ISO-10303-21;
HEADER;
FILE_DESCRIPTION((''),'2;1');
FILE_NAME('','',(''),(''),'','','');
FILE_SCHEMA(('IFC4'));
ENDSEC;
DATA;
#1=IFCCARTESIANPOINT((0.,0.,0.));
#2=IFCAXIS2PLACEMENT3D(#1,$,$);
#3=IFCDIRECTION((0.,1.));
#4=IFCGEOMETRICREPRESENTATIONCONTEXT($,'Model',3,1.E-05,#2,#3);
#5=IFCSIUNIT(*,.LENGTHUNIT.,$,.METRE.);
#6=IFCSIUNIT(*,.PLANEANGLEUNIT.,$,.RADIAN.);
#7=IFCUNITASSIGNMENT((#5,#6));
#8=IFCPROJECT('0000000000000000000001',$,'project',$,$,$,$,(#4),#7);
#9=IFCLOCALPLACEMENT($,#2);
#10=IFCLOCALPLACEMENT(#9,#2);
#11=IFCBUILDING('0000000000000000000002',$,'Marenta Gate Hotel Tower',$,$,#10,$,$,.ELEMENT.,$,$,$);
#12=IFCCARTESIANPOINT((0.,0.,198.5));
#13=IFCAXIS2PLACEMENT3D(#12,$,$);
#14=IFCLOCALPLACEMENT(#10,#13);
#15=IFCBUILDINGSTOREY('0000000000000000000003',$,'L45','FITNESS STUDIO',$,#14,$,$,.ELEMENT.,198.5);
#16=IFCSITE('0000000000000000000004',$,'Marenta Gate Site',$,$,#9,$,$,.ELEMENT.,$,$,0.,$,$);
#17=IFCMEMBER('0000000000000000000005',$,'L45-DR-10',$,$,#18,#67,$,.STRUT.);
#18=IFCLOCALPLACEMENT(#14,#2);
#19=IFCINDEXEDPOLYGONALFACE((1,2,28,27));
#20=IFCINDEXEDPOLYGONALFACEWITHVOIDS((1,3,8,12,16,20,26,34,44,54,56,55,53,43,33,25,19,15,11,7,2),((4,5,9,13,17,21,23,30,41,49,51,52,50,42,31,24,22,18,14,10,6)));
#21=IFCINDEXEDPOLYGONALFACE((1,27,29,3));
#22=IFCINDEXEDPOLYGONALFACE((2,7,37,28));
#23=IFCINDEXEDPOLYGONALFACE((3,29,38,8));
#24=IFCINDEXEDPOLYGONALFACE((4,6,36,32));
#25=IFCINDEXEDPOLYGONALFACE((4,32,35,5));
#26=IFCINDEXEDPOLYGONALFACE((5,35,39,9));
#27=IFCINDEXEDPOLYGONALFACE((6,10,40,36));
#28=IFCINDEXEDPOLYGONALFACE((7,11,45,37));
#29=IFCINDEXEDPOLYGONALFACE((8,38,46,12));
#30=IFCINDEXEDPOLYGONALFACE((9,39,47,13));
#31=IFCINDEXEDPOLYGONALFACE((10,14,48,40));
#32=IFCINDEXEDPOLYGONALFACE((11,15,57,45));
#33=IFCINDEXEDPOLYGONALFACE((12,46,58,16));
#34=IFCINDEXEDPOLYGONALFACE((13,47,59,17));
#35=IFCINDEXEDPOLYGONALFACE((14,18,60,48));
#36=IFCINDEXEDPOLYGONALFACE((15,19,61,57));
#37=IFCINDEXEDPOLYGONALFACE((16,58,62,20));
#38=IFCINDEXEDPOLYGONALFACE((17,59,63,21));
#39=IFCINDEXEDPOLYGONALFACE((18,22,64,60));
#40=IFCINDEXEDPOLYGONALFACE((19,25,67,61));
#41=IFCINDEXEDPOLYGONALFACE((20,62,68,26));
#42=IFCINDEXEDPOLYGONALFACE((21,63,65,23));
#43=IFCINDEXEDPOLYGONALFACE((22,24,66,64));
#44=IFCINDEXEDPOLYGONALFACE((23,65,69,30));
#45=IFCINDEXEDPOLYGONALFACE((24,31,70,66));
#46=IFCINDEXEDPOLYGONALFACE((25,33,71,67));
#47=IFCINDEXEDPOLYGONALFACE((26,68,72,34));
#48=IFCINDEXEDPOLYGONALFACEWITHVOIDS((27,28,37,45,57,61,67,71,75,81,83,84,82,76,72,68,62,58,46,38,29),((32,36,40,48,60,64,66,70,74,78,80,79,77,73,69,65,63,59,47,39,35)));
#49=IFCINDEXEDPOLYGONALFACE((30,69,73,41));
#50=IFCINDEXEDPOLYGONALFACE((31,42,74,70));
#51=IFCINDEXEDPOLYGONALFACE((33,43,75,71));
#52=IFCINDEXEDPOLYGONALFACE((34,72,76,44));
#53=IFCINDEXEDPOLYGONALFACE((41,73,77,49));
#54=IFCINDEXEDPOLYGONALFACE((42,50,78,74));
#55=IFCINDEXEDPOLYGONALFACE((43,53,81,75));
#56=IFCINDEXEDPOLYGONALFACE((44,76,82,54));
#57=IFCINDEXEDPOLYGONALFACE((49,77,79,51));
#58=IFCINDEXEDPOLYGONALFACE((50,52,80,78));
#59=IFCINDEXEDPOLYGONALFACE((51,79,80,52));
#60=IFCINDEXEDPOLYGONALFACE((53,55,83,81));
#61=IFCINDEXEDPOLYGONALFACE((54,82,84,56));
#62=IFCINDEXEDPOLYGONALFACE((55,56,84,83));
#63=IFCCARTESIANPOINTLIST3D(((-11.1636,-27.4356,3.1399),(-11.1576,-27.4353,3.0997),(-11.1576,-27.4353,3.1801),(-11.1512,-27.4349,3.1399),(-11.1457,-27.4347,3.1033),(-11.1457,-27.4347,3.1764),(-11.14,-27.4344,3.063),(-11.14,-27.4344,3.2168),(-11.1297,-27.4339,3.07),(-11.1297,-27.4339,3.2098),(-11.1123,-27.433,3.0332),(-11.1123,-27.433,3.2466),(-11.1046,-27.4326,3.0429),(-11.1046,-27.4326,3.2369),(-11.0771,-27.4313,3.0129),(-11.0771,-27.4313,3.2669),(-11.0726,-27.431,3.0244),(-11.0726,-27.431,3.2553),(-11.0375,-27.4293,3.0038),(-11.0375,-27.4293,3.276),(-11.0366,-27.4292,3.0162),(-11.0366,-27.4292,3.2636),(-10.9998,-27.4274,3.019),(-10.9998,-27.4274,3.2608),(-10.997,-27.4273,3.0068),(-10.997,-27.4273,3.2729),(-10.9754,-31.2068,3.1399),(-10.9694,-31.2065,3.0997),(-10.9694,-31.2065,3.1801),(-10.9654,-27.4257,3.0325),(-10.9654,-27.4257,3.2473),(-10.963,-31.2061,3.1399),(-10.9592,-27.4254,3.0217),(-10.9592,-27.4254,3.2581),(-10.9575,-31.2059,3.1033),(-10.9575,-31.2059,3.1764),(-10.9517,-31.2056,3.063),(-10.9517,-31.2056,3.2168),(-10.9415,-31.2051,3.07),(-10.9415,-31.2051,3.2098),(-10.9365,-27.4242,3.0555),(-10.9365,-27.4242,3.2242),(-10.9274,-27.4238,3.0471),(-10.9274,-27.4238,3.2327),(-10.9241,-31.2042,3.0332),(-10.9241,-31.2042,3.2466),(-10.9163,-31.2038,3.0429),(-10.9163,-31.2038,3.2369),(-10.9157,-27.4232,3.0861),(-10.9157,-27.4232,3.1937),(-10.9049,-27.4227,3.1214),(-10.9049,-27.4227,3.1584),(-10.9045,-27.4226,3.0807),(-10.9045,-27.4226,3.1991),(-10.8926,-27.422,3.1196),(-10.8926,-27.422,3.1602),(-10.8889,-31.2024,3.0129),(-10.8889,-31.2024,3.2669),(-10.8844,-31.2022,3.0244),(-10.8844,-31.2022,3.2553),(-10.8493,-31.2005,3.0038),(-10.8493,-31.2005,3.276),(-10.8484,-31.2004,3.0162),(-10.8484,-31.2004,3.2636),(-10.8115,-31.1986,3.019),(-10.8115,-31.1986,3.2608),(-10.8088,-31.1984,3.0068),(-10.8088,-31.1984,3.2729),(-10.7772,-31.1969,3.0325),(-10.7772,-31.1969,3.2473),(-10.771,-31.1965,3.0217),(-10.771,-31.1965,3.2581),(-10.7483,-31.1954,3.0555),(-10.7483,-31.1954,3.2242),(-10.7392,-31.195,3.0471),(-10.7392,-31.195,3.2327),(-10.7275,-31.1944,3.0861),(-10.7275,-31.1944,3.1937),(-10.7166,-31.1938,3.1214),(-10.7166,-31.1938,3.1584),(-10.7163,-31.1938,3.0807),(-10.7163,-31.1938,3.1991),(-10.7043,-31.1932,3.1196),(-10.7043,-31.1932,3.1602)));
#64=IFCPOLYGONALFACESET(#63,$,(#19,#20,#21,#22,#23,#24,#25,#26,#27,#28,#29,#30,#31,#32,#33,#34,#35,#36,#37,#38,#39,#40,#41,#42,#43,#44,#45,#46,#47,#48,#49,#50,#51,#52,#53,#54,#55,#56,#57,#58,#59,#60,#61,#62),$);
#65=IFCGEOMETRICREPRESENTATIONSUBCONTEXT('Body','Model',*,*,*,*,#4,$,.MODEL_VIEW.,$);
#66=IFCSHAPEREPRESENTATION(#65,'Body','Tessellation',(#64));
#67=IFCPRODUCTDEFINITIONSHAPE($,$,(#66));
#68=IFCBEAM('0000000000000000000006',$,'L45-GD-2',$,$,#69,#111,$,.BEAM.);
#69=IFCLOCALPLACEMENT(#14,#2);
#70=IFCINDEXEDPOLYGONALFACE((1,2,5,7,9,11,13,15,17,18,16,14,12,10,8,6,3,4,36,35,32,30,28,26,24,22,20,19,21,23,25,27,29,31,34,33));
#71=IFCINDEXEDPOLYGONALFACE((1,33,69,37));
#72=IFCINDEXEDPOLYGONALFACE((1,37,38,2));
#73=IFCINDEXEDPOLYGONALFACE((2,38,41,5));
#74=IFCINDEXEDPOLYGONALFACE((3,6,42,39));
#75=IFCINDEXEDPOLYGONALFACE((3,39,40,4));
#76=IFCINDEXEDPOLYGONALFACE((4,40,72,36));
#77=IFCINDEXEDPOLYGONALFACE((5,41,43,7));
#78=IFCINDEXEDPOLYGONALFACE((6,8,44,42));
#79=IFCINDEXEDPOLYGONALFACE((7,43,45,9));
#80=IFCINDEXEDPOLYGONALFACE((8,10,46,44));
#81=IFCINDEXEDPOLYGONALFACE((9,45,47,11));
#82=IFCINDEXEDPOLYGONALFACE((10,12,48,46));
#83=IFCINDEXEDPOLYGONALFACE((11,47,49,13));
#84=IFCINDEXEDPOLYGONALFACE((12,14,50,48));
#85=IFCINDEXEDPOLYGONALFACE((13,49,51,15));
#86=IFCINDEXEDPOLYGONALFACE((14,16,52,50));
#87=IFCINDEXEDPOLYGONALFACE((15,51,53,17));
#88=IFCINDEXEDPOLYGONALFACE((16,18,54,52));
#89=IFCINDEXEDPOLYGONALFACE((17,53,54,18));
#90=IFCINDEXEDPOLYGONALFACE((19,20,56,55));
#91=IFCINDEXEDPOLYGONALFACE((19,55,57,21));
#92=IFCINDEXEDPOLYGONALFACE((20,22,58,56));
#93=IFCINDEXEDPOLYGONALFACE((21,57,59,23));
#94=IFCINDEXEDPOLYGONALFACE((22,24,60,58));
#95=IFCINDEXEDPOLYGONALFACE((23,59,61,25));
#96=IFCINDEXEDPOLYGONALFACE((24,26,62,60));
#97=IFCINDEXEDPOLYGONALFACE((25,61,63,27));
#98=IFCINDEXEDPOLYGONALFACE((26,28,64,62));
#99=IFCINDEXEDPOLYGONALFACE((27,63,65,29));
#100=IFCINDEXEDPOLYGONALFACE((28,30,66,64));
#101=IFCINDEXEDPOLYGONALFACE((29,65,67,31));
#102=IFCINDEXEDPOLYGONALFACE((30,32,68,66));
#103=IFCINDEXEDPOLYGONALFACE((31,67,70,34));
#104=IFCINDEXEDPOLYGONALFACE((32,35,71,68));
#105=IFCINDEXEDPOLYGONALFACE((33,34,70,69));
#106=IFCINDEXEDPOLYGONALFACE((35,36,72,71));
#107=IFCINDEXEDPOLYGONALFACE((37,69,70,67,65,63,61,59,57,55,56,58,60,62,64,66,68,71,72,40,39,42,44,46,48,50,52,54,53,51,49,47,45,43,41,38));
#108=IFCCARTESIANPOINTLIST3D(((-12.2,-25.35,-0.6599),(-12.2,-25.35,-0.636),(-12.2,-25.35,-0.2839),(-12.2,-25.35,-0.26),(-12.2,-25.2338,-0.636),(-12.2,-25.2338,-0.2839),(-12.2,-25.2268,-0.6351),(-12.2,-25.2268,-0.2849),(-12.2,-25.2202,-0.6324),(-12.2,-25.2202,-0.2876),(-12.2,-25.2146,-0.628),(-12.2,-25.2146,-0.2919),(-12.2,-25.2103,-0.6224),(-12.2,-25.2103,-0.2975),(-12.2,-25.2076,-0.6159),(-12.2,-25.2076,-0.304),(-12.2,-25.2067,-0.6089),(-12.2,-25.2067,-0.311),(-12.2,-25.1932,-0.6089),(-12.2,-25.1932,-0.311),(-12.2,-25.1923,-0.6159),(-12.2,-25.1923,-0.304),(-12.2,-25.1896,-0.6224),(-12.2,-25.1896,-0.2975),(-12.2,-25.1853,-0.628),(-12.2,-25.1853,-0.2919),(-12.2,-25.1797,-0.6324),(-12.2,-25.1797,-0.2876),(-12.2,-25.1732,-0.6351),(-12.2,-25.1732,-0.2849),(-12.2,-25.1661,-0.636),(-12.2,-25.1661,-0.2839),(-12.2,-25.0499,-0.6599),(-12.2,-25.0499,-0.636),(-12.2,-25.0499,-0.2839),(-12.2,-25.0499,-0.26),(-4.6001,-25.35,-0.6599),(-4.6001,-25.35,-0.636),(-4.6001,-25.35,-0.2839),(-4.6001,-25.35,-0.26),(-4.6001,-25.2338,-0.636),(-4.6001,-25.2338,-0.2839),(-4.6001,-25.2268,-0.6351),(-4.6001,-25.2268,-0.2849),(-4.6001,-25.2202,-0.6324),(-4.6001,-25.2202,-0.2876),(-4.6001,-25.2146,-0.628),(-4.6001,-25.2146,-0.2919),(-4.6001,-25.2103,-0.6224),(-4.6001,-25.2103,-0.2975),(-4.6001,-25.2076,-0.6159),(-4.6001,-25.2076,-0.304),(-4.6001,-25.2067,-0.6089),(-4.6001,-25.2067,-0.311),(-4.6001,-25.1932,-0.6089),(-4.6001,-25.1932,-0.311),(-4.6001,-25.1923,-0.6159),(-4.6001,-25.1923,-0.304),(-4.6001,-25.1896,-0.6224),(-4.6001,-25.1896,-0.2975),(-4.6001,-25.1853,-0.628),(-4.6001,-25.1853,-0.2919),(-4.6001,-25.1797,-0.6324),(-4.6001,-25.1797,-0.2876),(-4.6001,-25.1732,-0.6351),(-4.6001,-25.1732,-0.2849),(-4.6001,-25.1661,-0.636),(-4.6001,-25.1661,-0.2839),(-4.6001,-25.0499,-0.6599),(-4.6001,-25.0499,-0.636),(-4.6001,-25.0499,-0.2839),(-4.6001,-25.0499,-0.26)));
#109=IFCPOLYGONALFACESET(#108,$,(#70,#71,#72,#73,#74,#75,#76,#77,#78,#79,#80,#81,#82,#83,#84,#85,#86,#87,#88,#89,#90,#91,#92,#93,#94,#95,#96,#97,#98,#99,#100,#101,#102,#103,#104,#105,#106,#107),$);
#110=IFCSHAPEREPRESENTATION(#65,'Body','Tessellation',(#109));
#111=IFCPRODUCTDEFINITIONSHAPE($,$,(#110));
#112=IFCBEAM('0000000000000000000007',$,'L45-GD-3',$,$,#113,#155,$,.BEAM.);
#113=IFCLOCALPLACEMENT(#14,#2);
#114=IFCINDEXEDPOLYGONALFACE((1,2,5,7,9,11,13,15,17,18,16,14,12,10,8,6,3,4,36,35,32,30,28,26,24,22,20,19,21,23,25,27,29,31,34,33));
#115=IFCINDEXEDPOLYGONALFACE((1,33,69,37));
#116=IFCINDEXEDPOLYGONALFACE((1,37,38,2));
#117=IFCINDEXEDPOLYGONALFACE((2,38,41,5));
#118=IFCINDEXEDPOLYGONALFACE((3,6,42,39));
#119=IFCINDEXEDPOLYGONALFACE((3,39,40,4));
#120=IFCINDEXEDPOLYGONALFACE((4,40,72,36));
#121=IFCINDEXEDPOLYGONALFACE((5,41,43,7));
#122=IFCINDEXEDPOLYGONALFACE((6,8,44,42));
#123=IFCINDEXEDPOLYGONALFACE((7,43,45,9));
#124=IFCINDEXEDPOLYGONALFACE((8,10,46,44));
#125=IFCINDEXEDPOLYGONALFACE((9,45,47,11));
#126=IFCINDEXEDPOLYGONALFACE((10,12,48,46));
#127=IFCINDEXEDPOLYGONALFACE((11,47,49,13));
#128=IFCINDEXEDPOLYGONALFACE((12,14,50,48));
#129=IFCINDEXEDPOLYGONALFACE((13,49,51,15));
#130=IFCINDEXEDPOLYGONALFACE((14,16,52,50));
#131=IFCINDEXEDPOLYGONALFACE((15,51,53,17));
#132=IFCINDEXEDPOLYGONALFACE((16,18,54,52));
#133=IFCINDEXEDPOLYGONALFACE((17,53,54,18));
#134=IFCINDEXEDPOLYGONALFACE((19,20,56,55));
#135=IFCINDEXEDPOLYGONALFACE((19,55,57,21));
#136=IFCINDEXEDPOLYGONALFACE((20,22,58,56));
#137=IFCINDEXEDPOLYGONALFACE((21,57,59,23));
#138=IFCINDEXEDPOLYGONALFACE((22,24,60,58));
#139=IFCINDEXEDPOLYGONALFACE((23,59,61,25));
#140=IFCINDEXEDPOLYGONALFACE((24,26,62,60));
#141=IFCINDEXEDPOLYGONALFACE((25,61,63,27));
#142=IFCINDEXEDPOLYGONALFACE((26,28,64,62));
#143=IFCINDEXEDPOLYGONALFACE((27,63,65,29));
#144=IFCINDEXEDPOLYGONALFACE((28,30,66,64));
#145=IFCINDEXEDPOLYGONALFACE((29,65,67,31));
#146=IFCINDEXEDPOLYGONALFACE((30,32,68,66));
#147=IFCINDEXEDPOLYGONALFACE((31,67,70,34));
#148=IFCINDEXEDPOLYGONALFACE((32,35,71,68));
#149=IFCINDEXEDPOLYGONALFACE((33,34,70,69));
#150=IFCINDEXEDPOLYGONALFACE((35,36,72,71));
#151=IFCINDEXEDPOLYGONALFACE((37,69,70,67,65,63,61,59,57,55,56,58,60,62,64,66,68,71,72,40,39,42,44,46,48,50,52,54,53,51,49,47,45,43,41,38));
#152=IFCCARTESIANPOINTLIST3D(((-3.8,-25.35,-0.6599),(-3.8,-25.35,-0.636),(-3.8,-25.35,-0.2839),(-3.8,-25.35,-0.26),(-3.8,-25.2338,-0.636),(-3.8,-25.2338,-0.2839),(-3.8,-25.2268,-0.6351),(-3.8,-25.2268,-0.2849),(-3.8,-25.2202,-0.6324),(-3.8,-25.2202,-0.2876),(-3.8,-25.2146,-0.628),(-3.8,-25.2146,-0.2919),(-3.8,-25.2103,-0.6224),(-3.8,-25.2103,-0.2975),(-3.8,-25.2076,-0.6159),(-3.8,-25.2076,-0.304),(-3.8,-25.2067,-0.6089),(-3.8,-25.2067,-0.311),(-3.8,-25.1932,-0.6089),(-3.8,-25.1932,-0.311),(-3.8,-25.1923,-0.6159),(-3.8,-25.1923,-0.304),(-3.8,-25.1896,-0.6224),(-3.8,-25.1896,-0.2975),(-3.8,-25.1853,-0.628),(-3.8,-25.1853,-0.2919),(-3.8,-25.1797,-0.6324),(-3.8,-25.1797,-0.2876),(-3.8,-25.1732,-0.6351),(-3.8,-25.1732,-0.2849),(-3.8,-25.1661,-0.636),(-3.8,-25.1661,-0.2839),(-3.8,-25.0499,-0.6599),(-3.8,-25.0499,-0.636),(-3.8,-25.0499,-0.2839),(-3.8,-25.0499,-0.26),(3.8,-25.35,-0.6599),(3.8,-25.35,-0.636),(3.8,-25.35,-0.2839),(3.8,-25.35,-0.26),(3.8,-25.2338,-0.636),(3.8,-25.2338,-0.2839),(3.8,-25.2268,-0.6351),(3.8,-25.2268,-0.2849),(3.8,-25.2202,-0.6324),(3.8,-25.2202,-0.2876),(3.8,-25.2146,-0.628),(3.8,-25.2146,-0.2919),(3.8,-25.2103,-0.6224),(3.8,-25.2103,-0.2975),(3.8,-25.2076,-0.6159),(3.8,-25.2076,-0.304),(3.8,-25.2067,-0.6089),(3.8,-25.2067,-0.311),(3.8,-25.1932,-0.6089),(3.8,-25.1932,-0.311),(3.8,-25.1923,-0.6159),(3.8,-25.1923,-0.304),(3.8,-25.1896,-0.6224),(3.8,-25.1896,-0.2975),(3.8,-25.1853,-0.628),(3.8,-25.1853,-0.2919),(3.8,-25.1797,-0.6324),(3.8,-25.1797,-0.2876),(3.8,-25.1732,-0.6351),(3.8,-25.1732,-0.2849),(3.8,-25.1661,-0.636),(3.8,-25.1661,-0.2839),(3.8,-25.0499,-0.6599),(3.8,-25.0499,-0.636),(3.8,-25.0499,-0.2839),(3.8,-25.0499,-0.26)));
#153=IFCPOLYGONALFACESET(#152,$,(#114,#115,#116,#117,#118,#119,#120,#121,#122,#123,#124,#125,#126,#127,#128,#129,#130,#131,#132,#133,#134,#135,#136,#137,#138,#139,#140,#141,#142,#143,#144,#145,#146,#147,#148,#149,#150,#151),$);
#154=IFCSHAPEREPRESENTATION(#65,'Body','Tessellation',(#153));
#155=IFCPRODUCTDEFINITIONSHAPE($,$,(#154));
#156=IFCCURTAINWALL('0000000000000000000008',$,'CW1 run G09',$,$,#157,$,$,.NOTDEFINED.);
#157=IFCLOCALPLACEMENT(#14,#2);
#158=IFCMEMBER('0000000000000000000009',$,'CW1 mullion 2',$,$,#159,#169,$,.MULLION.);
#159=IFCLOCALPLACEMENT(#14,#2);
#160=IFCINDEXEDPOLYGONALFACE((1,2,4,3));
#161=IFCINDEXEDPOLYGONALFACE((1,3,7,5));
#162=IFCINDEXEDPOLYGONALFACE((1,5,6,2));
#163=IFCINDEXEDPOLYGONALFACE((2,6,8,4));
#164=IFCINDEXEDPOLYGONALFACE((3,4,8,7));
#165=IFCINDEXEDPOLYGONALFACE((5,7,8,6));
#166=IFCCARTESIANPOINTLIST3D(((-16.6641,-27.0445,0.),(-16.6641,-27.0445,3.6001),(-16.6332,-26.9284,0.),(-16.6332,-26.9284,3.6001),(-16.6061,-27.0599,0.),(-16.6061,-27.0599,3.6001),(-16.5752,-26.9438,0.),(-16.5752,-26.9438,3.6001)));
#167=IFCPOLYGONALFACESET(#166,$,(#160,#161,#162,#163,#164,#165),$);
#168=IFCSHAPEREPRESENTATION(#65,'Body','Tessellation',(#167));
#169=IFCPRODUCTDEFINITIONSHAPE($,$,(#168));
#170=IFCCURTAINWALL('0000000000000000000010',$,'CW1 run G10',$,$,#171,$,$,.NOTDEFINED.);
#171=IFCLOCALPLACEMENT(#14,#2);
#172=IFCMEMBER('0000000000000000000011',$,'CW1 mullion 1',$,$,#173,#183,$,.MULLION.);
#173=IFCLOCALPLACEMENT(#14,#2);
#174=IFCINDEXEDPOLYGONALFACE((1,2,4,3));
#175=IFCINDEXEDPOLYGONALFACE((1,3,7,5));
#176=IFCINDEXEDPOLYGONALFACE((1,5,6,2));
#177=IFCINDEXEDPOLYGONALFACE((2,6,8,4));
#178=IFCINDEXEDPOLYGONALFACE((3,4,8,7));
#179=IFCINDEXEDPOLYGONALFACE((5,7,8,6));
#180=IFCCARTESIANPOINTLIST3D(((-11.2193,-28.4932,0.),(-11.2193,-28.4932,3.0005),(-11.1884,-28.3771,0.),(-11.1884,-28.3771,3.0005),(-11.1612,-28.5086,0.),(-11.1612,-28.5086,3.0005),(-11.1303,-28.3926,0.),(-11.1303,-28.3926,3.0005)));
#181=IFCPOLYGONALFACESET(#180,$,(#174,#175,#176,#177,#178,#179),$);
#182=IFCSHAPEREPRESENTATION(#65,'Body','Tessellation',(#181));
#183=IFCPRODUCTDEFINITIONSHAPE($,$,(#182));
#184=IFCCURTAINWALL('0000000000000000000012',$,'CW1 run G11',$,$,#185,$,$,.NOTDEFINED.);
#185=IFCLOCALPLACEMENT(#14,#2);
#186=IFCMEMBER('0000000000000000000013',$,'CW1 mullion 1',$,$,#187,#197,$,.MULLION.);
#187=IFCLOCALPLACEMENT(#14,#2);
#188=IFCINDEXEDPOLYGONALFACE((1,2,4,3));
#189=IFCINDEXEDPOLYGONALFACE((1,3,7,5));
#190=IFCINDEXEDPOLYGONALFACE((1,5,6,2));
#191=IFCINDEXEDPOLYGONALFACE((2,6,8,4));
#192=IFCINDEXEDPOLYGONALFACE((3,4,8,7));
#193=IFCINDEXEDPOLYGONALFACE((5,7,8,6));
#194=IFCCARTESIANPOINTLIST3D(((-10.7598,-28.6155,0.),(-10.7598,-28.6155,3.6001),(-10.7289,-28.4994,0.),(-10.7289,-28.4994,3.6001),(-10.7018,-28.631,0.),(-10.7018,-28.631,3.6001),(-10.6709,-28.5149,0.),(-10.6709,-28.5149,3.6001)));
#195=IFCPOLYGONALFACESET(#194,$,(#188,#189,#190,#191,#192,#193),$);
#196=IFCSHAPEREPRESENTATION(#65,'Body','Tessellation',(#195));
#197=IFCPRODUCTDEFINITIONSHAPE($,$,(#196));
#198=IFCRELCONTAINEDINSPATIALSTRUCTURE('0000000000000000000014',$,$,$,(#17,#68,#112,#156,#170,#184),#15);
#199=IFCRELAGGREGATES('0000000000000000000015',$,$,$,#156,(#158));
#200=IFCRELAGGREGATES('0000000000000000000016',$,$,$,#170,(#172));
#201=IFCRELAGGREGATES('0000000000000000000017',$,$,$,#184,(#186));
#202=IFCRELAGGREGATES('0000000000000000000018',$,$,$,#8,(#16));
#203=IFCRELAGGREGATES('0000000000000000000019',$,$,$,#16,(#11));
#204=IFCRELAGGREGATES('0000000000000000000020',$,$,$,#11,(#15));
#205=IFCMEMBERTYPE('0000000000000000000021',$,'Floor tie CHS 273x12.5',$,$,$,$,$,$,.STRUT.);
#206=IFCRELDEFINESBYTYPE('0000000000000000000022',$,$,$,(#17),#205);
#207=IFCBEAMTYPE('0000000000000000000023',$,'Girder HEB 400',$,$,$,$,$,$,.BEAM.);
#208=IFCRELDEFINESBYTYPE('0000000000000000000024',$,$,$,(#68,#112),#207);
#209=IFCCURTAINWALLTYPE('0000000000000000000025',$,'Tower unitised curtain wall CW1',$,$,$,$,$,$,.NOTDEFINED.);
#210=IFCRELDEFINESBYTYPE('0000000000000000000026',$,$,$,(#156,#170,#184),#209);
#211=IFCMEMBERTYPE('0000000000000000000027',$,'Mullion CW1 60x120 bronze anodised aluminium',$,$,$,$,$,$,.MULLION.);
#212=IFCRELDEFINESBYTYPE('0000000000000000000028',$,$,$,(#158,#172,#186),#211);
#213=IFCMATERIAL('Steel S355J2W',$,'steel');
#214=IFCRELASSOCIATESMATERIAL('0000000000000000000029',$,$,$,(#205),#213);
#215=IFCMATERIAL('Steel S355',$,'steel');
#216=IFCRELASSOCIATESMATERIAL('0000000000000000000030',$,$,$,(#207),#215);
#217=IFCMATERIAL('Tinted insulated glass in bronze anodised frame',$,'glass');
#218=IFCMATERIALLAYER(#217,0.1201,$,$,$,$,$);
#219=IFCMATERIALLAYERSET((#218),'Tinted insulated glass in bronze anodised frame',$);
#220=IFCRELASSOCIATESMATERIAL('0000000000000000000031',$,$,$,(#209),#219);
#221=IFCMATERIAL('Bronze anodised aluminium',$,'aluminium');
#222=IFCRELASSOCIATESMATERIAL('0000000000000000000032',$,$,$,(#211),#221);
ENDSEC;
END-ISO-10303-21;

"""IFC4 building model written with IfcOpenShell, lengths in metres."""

from ifc_helpers import new_model, si_unit, direction, frame, origin, origin_2d, place, context, subcontext, project, spatial, rectangle, hollow_circle, i_section, extrude, material, layer, layer_set, material_profile, profile_set, type_object, element, aggregate, save


model = new_model("IFC4")

# Units and contexts
model_context = context("Model", 3, precision=1e-05, world=origin(), true_north=direction((0.0, 1.0)))
body_context = subcontext(model_context, "Body", "Model", "MODEL_VIEW")
ifc_project = project(units=[si_unit("LENGTHUNIT", "METRE"), si_unit("PLANEANGLEUNIT", "RADIAN")], contexts=[model_context])

# Site, building, storey
site_placement = place(None, origin())
site = spatial("IfcSite", under=ifc_project, at=site_placement, Name="Marenta Gate Site", CompositionType="ELEMENT", RefElevation=0.0)
building_placement = place(site_placement, origin())
building = spatial("IfcBuilding", under=site, at=building_placement, Name="Marenta Gate Hotel Tower", CompositionType="ELEMENT")
storey_placement = place(building_placement, frame((0.0, 0.0, 198.5)))
storey = spatial("IfcBuildingStorey", under=building, at=storey_placement, Name="L45", Description="FITNESS STUDIO", CompositionType="ELEMENT", Elevation=198.5)

# Member
ifc_material_1 = material(Name="Steel S355J2W", Category="steel")
ifc_material_profile_1 = material_profile(ifc_material_1, hollow_circle(Radius=0.1365, WallThickness=0.0125, at=origin_2d()), Name="CHS 273x12.5")
ifc_profile_set_1 = profile_set([ifc_material_profile_1], Name="Steel S355J2W")
member_type_1 = type_object("IfcMemberType", Name="Floor tie CHS 273x12.5", PredefinedType="STRUT", material=ifc_profile_set_1)
member_1_placement = place(storey_placement, frame((-10.8391, -31.2, 3.1399), z_axis=(-0.049851, 0.998757, 0.0), x_axis=(-0.998757, -0.049851, 0.0)))
element("IfcMember", 1, at=member_1_placement, inside=storey, type_object=member_type_1, Name="L45-DR-10", PredefinedType="STRUT", context=body_context, shape_type="SweptSolid", body=[
    extrude(hollow_circle(Radius=0.1365, WallThickness=0.0125, at=origin_2d()), origin(), (0.0, 0.0, 1.0), 3.7759),
])

# Beams
ifc_material_2 = material(Name="Steel S355", Category="steel")
ifc_material_profile_2 = material_profile(ifc_material_2, i_section(OverallWidth=0.3, OverallDepth=0.3999, WebThickness=0.0134, FlangeThickness=0.0239, FilletRadius=0.0271, at=origin_2d()), Name="HEB 400")
ifc_profile_set_2 = profile_set([ifc_material_profile_2], Name="Steel S355")
beam_type_1 = type_object("IfcBeamType", Name="Girder HEB 400", PredefinedType="BEAM", material=ifc_profile_set_2)
beam_1_placement = place(storey_placement, frame((-12.2, -25.2, -0.46), z_axis=(1.0, 0.0, 0.0), x_axis=(0.0, 1.0, 0.0)))
element("IfcBeam", 2, at=beam_1_placement, inside=storey, type_object=beam_type_1, Name="L45-GD-2", PredefinedType="BEAM", context=body_context, shape_type="SweptSolid", body=[
    extrude(i_section(OverallWidth=0.3, OverallDepth=0.3999, WebThickness=0.0134, FlangeThickness=0.0239, FilletRadius=0.0271, at=origin_2d()), origin(), (0.0, 0.0, 1.0), 7.5999),
])
beam_2_placement = place(storey_placement, frame((-3.8, -25.2, -0.46), z_axis=(1.0, 0.0, 0.0), x_axis=(0.0, 1.0, 0.0)))
element("IfcBeam", 3, at=beam_2_placement, inside=storey, type_object=beam_type_1, Name="L45-GD-3", PredefinedType="BEAM", context=body_context, shape_type="SweptSolid", body=[
    extrude(i_section(OverallWidth=0.3, OverallDepth=0.3999, WebThickness=0.0134, FlangeThickness=0.0239, FilletRadius=0.0271, at=origin_2d()), origin(), (0.0, 0.0, 1.0), 7.6001),
])

# Curtain walls, members
ifc_material_3 = material(Name="Tinted insulated glass in bronze anodised frame", Category="glass")
ifc_layer_1 = layer(ifc_material_3, 0.1201)
ifc_layer_set_1 = layer_set([ifc_layer_1], Name="Tinted insulated glass in bronze anodised frame")
curtain_wall_type = type_object("IfcCurtainWallType", Name="Tower unitised curtain wall CW1", PredefinedType="NOTDEFINED", material=ifc_layer_set_1)
curtain_wall_1_placement = place(storey_placement, origin())
curtain_wall_1 = element("IfcCurtainWall", 4, at=curtain_wall_1_placement, inside=storey, type_object=curtain_wall_type, Name="CW1 run G09", PredefinedType="NOTDEFINED")
ifc_material_4 = material(Name="Bronze anodised aluminium", Category="aluminium")
ifc_material_profile_3 = material_profile(ifc_material_4, rectangle(XDim=0.1201, YDim=0.0601, at=origin_2d()), Name="Mullion CW1 60x120 bronze anodised aluminium")
ifc_profile_set_3 = profile_set([ifc_material_profile_3], Name="Bronze anodised aluminium")
member_type_2 = type_object("IfcMemberType", Name="Mullion CW1 60x120 bronze anodised aluminium", PredefinedType="MULLION", material=ifc_profile_set_3)
member_2_placement = place(storey_placement, frame((-16.6196, -26.9941, 0.0), z_axis=(0.0, 0.0, 1.0), x_axis=(0.257132, 0.966376, 0.0)))
member_2 = element("IfcMember", 5, at=member_2_placement, type_object=member_type_2, Name="CW1 mullion 2", PredefinedType="MULLION", context=body_context, shape_type="SweptSolid", body=[
    extrude(rectangle(XDim=0.1201, YDim=0.0601, at=origin_2d()), origin(), (0.0, 0.0, 1.0), 3.6001),
])
curtain_wall_2_placement = place(storey_placement, origin())
curtain_wall_2 = element("IfcCurtainWall", 6, at=curtain_wall_2_placement, inside=storey, type_object=curtain_wall_type, Name="CW1 run G10", PredefinedType="NOTDEFINED")
member_3_placement = place(storey_placement, frame((-11.1748, -28.4429, 0.0), z_axis=(0.0, 0.0, 1.0), x_axis=(0.2571, 0.966385, 0.0)))
member_3 = element("IfcMember", 7, at=member_3_placement, type_object=member_type_2, Name="CW1 mullion 1", PredefinedType="MULLION", context=body_context, shape_type="SweptSolid", body=[
    extrude(rectangle(XDim=0.1201, YDim=0.0601, at=origin_2d()), origin(), (0.0, 0.0, 1.0), 3.0005),
])
curtain_wall_3_placement = place(storey_placement, origin())
curtain_wall_3 = element("IfcCurtainWall", 8, at=curtain_wall_3_placement, inside=storey, type_object=curtain_wall_type, Name="CW1 run G11", PredefinedType="NOTDEFINED")
member_4_placement = place(storey_placement, frame((-10.7153, -28.5652, 0.0), z_axis=(0.0, 0.0, 1.0), x_axis=(0.257431, 0.966297, 0.0)))
member_4 = element("IfcMember", 9, at=member_4_placement, type_object=member_type_2, Name="CW1 mullion 1", PredefinedType="MULLION", context=body_context, shape_type="SweptSolid", body=[
    extrude(rectangle(XDim=0.1201, YDim=0.0601, at=origin_2d()), origin(), (0.0, 0.0, 1.0), 3.6001),
])

aggregate(curtain_wall_1, [member_2])
aggregate(curtain_wall_2, [member_3])
aggregate(curtain_wall_3, [member_4])

save(model, "model.ifc")
